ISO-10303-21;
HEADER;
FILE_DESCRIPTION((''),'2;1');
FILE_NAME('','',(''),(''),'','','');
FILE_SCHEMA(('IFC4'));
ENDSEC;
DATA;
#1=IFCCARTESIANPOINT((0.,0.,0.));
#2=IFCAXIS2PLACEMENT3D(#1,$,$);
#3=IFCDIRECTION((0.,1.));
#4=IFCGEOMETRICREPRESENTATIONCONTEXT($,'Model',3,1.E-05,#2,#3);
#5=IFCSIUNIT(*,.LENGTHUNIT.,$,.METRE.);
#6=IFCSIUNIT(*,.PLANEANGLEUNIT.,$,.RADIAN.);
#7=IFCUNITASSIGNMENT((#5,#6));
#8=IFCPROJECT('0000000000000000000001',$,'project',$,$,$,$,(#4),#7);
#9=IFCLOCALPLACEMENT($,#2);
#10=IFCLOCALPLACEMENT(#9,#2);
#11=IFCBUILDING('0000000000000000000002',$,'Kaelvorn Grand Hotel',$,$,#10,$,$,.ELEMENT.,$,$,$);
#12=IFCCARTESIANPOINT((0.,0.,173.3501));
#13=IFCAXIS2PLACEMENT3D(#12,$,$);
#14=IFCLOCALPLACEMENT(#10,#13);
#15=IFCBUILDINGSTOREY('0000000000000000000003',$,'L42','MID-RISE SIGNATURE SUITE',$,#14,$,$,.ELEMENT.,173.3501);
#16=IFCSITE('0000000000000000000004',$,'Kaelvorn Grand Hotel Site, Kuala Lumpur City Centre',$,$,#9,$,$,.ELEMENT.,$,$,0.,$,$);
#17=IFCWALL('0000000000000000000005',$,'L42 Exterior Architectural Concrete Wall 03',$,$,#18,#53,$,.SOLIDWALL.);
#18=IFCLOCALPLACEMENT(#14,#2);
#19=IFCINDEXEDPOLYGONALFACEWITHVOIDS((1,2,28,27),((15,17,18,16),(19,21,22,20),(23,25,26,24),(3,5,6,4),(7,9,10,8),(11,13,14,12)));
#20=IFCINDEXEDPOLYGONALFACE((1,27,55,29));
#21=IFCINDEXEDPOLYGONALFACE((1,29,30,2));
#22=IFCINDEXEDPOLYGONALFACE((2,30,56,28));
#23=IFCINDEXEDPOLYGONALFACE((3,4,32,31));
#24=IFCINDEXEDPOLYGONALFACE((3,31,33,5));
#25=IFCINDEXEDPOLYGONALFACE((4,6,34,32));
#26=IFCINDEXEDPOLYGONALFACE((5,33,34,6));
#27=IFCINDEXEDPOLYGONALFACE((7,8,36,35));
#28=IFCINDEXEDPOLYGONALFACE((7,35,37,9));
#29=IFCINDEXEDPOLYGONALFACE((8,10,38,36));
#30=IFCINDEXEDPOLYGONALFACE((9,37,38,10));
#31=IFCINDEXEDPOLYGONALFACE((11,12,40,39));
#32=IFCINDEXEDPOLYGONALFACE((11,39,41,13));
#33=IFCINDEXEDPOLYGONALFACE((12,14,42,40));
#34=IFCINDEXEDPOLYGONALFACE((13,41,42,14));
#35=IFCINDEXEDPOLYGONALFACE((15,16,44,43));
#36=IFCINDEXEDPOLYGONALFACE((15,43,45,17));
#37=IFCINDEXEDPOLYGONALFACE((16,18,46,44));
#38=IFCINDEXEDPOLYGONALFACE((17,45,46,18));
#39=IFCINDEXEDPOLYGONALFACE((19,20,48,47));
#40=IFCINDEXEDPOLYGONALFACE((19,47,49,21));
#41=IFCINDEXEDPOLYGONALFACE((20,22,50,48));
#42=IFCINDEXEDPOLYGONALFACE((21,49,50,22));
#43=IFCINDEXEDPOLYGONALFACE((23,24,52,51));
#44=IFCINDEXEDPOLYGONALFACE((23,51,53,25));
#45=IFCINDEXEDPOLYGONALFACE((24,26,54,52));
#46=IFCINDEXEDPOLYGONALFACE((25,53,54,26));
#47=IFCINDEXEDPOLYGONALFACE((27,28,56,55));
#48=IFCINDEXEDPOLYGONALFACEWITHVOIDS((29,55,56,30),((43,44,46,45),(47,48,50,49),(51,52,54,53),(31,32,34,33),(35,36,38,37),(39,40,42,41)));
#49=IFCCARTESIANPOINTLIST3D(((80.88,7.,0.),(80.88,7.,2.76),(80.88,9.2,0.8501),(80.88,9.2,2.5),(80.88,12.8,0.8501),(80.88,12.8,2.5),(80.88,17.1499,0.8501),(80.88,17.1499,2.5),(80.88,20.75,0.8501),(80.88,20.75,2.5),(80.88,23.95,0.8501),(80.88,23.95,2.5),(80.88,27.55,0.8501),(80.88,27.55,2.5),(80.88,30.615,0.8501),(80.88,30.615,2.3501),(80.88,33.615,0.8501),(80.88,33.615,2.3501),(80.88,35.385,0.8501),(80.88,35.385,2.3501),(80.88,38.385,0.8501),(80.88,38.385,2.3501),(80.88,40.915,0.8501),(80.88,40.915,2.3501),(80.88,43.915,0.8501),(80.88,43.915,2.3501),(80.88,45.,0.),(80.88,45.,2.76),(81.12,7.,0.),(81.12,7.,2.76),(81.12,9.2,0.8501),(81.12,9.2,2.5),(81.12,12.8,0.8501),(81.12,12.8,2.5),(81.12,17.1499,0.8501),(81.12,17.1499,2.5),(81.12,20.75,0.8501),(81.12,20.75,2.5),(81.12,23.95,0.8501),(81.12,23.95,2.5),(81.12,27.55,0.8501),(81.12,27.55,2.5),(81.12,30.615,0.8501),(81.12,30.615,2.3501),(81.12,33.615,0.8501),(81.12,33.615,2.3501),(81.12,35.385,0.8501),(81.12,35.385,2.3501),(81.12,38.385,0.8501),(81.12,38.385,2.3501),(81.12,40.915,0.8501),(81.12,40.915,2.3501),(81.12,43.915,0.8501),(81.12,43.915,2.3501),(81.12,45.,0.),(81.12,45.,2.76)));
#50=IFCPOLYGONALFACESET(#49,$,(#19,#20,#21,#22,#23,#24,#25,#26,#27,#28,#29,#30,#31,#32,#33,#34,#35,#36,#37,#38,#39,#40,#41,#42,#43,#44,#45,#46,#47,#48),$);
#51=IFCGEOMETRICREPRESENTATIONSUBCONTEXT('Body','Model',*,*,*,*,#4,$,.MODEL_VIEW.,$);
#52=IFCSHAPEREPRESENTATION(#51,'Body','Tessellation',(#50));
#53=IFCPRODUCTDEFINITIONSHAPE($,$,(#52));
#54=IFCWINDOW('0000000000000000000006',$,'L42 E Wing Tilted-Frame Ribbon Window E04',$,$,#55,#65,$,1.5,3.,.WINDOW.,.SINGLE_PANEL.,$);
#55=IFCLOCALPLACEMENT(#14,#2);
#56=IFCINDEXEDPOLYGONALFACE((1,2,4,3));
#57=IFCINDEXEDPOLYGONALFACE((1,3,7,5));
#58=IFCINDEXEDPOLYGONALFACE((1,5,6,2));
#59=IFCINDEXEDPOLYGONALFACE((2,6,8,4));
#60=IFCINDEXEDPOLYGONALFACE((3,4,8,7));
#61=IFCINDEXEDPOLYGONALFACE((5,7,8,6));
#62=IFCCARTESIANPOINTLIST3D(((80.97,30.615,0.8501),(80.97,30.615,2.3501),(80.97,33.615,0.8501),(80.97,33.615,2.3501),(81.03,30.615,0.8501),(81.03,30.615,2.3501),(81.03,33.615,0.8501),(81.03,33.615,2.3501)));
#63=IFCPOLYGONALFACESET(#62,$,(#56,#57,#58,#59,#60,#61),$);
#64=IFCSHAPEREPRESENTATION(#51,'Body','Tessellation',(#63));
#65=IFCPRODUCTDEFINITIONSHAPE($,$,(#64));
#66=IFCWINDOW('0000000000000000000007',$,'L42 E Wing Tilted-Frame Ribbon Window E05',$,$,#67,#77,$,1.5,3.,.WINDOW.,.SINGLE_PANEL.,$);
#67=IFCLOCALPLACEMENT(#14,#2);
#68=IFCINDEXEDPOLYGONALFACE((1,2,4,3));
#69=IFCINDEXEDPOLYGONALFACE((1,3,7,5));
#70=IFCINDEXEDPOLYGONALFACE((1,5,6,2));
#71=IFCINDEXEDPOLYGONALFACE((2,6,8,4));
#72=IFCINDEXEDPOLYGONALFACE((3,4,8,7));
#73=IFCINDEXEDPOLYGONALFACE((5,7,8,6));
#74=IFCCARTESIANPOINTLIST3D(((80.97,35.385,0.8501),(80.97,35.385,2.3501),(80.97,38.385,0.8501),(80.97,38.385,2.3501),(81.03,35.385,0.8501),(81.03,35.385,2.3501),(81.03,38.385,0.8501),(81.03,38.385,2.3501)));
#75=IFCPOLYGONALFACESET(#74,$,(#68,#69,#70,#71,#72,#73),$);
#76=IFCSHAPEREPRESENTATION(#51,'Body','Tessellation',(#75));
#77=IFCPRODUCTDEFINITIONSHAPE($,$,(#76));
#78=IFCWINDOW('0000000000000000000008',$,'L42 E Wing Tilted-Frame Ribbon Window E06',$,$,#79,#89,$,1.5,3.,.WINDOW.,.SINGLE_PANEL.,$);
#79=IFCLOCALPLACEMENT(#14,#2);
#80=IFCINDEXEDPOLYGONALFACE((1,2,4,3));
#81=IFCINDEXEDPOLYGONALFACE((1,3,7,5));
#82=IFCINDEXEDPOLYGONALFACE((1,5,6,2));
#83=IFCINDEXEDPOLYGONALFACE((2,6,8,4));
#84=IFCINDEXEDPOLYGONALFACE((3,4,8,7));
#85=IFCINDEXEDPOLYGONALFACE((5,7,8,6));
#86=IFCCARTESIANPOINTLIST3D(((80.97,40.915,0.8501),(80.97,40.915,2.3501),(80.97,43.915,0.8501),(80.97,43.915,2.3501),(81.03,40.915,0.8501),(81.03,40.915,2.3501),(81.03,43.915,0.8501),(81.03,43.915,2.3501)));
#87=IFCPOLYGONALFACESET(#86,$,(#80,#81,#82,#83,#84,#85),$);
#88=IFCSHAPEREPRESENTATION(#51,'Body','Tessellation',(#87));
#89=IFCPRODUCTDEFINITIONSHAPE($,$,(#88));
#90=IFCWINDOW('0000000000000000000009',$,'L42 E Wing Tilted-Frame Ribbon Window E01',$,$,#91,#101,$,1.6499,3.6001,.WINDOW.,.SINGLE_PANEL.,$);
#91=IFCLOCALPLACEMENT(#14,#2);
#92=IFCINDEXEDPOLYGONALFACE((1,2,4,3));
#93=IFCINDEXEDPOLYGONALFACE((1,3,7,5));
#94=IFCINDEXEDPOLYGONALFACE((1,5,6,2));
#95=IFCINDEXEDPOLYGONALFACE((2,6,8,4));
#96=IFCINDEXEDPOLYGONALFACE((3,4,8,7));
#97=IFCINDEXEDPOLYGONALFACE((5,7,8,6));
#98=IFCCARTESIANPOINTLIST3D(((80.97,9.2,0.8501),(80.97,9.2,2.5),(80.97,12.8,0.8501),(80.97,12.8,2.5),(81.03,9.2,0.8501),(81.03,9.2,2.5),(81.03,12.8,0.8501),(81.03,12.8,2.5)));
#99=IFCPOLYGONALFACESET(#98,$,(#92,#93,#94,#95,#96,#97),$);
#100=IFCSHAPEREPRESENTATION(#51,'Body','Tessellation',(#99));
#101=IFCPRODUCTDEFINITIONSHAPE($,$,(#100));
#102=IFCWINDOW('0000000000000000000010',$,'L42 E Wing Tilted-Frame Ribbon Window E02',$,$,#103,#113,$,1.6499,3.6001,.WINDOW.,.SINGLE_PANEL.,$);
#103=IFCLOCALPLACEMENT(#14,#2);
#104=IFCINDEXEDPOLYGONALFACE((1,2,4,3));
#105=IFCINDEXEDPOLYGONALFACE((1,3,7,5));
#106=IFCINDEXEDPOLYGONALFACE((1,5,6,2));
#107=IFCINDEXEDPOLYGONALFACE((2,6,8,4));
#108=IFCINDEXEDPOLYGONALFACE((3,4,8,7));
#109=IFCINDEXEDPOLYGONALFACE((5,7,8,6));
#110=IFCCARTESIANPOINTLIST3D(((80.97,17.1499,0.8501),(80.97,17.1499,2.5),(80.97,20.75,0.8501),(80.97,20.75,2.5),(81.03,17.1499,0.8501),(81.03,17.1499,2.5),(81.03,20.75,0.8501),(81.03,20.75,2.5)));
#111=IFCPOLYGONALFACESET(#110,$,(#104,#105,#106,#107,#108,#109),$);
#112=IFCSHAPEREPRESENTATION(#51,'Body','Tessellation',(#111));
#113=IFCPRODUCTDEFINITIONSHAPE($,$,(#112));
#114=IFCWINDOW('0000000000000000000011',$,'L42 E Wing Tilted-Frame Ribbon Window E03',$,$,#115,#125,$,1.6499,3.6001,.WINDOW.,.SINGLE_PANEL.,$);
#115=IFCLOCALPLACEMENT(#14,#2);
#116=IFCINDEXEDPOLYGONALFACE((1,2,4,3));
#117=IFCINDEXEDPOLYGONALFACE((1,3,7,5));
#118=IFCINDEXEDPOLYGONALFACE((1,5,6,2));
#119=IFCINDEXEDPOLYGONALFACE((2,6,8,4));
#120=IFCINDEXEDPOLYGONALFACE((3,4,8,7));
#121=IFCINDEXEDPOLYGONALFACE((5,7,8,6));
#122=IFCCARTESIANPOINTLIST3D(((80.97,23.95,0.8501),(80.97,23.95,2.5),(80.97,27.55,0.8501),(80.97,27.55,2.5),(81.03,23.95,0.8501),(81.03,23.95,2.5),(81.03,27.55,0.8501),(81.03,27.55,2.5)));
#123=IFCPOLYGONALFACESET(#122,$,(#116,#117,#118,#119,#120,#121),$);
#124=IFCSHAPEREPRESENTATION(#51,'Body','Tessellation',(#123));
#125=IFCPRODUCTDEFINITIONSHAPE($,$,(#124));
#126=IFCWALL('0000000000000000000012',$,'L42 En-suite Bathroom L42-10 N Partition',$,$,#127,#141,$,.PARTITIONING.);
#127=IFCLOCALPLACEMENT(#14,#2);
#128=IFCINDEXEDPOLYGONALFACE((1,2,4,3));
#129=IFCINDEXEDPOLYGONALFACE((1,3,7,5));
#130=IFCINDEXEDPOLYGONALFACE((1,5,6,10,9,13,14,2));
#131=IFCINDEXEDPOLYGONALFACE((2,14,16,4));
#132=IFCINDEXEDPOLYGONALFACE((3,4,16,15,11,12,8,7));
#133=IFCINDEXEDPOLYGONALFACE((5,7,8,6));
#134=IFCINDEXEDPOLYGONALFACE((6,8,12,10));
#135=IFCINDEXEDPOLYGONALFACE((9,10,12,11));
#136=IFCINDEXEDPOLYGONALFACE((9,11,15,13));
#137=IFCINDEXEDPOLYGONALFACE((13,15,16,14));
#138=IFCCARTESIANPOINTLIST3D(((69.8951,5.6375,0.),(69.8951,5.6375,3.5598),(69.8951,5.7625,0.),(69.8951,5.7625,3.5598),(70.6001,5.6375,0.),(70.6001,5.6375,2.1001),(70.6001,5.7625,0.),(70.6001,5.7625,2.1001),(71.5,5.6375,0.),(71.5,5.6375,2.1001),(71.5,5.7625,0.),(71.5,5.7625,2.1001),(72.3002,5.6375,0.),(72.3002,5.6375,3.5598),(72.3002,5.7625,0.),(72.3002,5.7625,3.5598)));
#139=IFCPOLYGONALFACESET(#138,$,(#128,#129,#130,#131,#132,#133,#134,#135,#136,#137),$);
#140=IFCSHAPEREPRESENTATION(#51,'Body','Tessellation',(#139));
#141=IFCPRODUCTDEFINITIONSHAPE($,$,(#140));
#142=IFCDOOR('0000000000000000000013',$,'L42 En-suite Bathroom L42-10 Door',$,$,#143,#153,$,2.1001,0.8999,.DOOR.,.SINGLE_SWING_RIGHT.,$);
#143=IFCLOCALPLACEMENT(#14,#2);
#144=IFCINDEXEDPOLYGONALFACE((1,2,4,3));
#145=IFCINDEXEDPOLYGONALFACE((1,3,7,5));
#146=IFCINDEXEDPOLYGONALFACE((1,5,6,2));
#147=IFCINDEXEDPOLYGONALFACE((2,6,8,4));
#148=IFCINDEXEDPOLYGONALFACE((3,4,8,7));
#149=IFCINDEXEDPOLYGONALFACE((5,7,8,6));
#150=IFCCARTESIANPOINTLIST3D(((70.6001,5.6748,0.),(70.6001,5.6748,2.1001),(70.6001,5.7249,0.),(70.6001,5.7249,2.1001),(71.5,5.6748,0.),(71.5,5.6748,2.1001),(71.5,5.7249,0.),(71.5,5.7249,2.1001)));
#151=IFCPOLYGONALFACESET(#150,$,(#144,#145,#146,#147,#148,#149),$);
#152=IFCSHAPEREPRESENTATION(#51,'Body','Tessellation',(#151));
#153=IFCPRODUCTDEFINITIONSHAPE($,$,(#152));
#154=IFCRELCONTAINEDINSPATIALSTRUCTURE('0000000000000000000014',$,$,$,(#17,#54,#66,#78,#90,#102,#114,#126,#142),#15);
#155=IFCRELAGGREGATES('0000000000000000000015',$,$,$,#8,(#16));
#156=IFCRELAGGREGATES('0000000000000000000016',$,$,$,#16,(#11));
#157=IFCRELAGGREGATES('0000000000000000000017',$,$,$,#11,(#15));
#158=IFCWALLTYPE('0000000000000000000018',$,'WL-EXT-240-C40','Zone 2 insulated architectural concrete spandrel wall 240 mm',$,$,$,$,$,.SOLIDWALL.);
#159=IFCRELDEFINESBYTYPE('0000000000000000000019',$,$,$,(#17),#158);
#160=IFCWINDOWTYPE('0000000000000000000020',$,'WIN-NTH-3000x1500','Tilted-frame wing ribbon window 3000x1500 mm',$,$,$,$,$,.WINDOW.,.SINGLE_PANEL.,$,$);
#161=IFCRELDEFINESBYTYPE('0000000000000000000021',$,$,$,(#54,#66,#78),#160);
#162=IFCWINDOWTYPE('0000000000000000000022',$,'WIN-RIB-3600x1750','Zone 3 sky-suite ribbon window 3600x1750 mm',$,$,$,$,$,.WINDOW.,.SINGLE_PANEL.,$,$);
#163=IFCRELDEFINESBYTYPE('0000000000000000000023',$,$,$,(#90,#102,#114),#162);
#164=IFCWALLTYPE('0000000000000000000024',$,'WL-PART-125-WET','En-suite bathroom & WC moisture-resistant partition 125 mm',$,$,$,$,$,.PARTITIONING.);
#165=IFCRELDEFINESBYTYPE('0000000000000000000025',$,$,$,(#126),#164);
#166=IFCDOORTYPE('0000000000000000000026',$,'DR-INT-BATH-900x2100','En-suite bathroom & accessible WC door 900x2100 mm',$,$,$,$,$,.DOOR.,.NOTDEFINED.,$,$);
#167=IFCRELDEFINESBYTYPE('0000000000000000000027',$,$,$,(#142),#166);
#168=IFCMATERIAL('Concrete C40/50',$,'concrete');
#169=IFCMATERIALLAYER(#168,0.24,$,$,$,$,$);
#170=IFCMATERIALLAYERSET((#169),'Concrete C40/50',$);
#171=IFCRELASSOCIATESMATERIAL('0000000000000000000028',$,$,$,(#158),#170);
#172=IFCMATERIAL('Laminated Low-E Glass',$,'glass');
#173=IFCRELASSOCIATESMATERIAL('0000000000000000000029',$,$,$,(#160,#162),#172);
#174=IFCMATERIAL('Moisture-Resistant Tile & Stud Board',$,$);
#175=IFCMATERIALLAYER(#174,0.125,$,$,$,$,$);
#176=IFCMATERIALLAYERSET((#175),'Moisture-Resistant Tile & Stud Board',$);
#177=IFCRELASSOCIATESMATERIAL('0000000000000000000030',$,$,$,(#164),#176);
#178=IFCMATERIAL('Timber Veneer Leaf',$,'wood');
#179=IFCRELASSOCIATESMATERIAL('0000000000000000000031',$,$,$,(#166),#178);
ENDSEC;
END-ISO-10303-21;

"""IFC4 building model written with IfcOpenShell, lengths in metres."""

from ifc_helpers import new_model, si_unit, direction, frame, frame_2d, origin, place, context, subcontext, project, spatial, rectangle, extrude, material, layer, layer_set, type_object, element, fill, save


model = new_model("IFC4")

# Units and contexts
model_context = context("Model", 3, precision=1e-05, world=origin(), true_north=direction((0.0, 1.0)))
body_context = subcontext(model_context, "Body", "Model", "MODEL_VIEW")
ifc_project = project(units=[si_unit("LENGTHUNIT", "METRE"), si_unit("PLANEANGLEUNIT", "RADIAN")], contexts=[model_context])

# Site, building, storey
site_placement = place(None, origin())
site = spatial("IfcSite", under=ifc_project, at=site_placement, Name="Kaelvorn Grand Hotel Site, Kuala Lumpur City Centre", CompositionType="ELEMENT", RefElevation=0.0)
building_placement = place(site_placement, origin())
building = spatial("IfcBuilding", under=site, at=building_placement, Name="Kaelvorn Grand Hotel", CompositionType="ELEMENT")
storey_placement = place(building_placement, frame((0.0, 0.0, 173.3501)))
storey = spatial("IfcBuildingStorey", under=building, at=storey_placement, Name="L42", Description="MID-RISE SIGNATURE SUITE", CompositionType="ELEMENT", Elevation=173.3501)

# Shared definitions
ifc_material_1 = material(Name="Concrete C40/50", Category="concrete")
ifc_layer_1 = layer(ifc_material_1, 0.24)
ifc_layer_set_1 = layer_set([ifc_layer_1], Name="Concrete C40/50")
wall_type_1 = type_object("IfcWallType", Name="WL-EXT-240-C40", Description="Zone 2 insulated architectural concrete spandrel wall 240 mm", PredefinedType="SOLIDWALL", material=ifc_layer_set_1)
ifc_material_2 = material(Name="Laminated Low-E Glass", Category="glass")

# Wall, openings, windows
wall_1_placement = place(storey_placement, frame((81.0, 7.0, 0.0), z_axis=(0.0, 0.0, 1.0), x_axis=(0.0, 1.0, 0.0)))
wall_1 = element("IfcWall", 1, at=wall_1_placement, inside=storey, type_object=wall_type_1, Name="L42 Exterior Architectural Concrete Wall 03", PredefinedType="SOLIDWALL", context=body_context, shape_type="SweptSolid", body=[
    extrude(rectangle(XDim=38.0, YDim=0.24, at=frame_2d((19.0, 0.0))), origin(), (0.0, 0.0, 1.0), 2.76),
])
opening_1_placement = place(wall_1_placement, frame((2.2, 0.0, 0.8501)))
opening_1 = element("IfcOpeningElement", 2, at=opening_1_placement, cuts=wall_1, PredefinedType="OPENING", context=body_context, shape_type="SweptSolid", body=[
    extrude(rectangle(XDim=3.6001, YDim=1.6499, at=frame_2d((1.8, 0.825))), frame((0.0, 0.1299, 0.0), z_axis=(0.0, -1.0, 0.0), x_axis=(1.0, 0.0, 0.0)), (0.0, 0.0, 1.0), 0.26),
])
opening_2_placement = place(wall_1_placement, frame((10.1499, 0.0, 0.8501)))
opening_2 = element("IfcOpeningElement", 3, at=opening_2_placement, cuts=wall_1, PredefinedType="OPENING", context=body_context, shape_type="SweptSolid", body=[
    extrude(rectangle(XDim=3.6001, YDim=1.6499, at=frame_2d((1.8, 0.825))), frame((0.0, 0.1299, 0.0), z_axis=(0.0, -1.0, 0.0), x_axis=(1.0, 0.0, 0.0)), (0.0, 0.0, 1.0), 0.26),
])
opening_3_placement = place(wall_1_placement, frame((16.95, 0.0, 0.8501)))
opening_3 = element("IfcOpeningElement", 4, at=opening_3_placement, cuts=wall_1, PredefinedType="OPENING", context=body_context, shape_type="SweptSolid", body=[
    extrude(rectangle(XDim=3.6001, YDim=1.6499, at=frame_2d((1.8, 0.825))), frame((0.0, 0.1299, 0.0), z_axis=(0.0, -1.0, 0.0), x_axis=(1.0, 0.0, 0.0)), (0.0, 0.0, 1.0), 0.26),
])
opening_4_placement = place(wall_1_placement, frame((23.615, 0.0, 0.8501)))
opening_4 = element("IfcOpeningElement", 5, at=opening_4_placement, cuts=wall_1, PredefinedType="OPENING", context=body_context, shape_type="SweptSolid", body=[
    extrude(rectangle(XDim=3.0, YDim=1.5, at=frame_2d((1.5, 0.75))), frame((0.0, 0.1299, 0.0), z_axis=(0.0, -1.0, 0.0), x_axis=(1.0, 0.0, 0.0)), (0.0, 0.0, 1.0), 0.26),
])
opening_5_placement = place(wall_1_placement, frame((28.385, 0.0, 0.8501)))
opening_5 = element("IfcOpeningElement", 6, at=opening_5_placement, cuts=wall_1, PredefinedType="OPENING", context=body_context, shape_type="SweptSolid", body=[
    extrude(rectangle(XDim=3.0, YDim=1.5, at=frame_2d((1.5, 0.75))), frame((0.0, 0.1299, 0.0), z_axis=(0.0, -1.0, 0.0), x_axis=(1.0, 0.0, 0.0)), (0.0, 0.0, 1.0), 0.26),
])
opening_6_placement = place(wall_1_placement, frame((33.915, 0.0, 0.8501)))
opening_6 = element("IfcOpeningElement", 7, at=opening_6_placement, cuts=wall_1, PredefinedType="OPENING", context=body_context, shape_type="SweptSolid", body=[
    extrude(rectangle(XDim=3.0, YDim=1.5, at=frame_2d((1.5, 0.75))), frame((0.0, 0.1299, 0.0), z_axis=(0.0, -1.0, 0.0), x_axis=(1.0, 0.0, 0.0)), (0.0, 0.0, 1.0), 0.26),
])
window_type_1 = type_object("IfcWindowType", Name="WIN-NTH-3000x1500", Description="Tilted-frame wing ribbon window 3000x1500 mm", PartitioningType="SINGLE_PANEL", PredefinedType="WINDOW", material=ifc_material_2)
window_1_placement = place(opening_4_placement, origin())
window_1 = element("IfcWindow", 8, at=window_1_placement, inside=storey, type_object=window_type_1, Name="L42 E Wing Tilted-Frame Ribbon Window E04", OverallHeight=1.5, OverallWidth=3.0, PartitioningType="SINGLE_PANEL", PredefinedType="WINDOW", context=body_context, shape_type="SweptSolid", body=[
    extrude(rectangle(XDim=3.0, YDim=1.5, at=frame_2d((1.5, 0.75))), frame((0.0, 0.03, 0.0), z_axis=(0.0, -1.0, 0.0), x_axis=(1.0, 0.0, 0.0)), (0.0, 0.0, 1.0), 0.0601),
])
fill(opening_4, window_1)
window_2_placement = place(opening_5_placement, origin())
window_2 = element("IfcWindow", 9, at=window_2_placement, inside=storey, type_object=window_type_1, Name="L42 E Wing Tilted-Frame Ribbon Window E05", OverallHeight=1.5, OverallWidth=3.0, PartitioningType="SINGLE_PANEL", PredefinedType="WINDOW", context=body_context, shape_type="SweptSolid", body=[
    extrude(rectangle(XDim=3.0, YDim=1.5, at=frame_2d((1.5, 0.75))), frame((0.0, 0.03, 0.0), z_axis=(0.0, -1.0, 0.0), x_axis=(1.0, 0.0, 0.0)), (0.0, 0.0, 1.0), 0.0601),
])
fill(opening_5, window_2)
window_3_placement = place(opening_6_placement, origin())
window_3 = element("IfcWindow", 10, at=window_3_placement, inside=storey, type_object=window_type_1, Name="L42 E Wing Tilted-Frame Ribbon Window E06", OverallHeight=1.5, OverallWidth=3.0, PartitioningType="SINGLE_PANEL", PredefinedType="WINDOW", context=body_context, shape_type="SweptSolid", body=[
    extrude(rectangle(XDim=3.0, YDim=1.5, at=frame_2d((1.5, 0.75))), frame((0.0, 0.03, 0.0), z_axis=(0.0, -1.0, 0.0), x_axis=(1.0, 0.0, 0.0)), (0.0, 0.0, 1.0), 0.0601),
])
fill(opening_6, window_3)
window_type_2 = type_object("IfcWindowType", Name="WIN-RIB-3600x1750", Description="Zone 3 sky-suite ribbon window 3600x1750 mm", PartitioningType="SINGLE_PANEL", PredefinedType="WINDOW", material=ifc_material_2)
window_4_placement = place(opening_1_placement, origin())
window_4 = element("IfcWindow", 11, at=window_4_placement, inside=storey, type_object=window_type_2, Name="L42 E Wing Tilted-Frame Ribbon Window E01", OverallHeight=1.6499, OverallWidth=3.6001, PartitioningType="SINGLE_PANEL", PredefinedType="WINDOW", context=body_context, shape_type="SweptSolid", body=[
    extrude(rectangle(XDim=3.6001, YDim=1.6499, at=frame_2d((1.8, 0.825))), frame((0.0, 0.03, 0.0), z_axis=(0.0, -1.0, 0.0), x_axis=(1.0, 0.0, 0.0)), (0.0, 0.0, 1.0), 0.0601),
])
fill(opening_1, window_4)
window_5_placement = place(opening_2_placement, origin())
window_5 = element("IfcWindow", 12, at=window_5_placement, inside=storey, type_object=window_type_2, Name="L42 E Wing Tilted-Frame Ribbon Window E02", OverallHeight=1.6499, OverallWidth=3.6001, PartitioningType="SINGLE_PANEL", PredefinedType="WINDOW", context=body_context, shape_type="SweptSolid", body=[
    extrude(rectangle(XDim=3.6001, YDim=1.6499, at=frame_2d((1.8, 0.825))), frame((0.0, 0.03, 0.0), z_axis=(0.0, -1.0, 0.0), x_axis=(1.0, 0.0, 0.0)), (0.0, 0.0, 1.0), 0.0601),
])
fill(opening_2, window_5)
window_6_placement = place(opening_3_placement, origin())
window_6 = element("IfcWindow", 13, at=window_6_placement, inside=storey, type_object=window_type_2, Name="L42 E Wing Tilted-Frame Ribbon Window E03", OverallHeight=1.6499, OverallWidth=3.6001, PartitioningType="SINGLE_PANEL", PredefinedType="WINDOW", context=body_context, shape_type="SweptSolid", body=[
    extrude(rectangle(XDim=3.6001, YDim=1.6499, at=frame_2d((1.8, 0.825))), frame((0.0, 0.03, 0.0), z_axis=(0.0, -1.0, 0.0), x_axis=(1.0, 0.0, 0.0)), (0.0, 0.0, 1.0), 0.0601),
])
fill(opening_3, window_6)

# Wall, opening, door
ifc_material_3 = material(Name="Moisture-Resistant Tile & Stud Board")
ifc_layer_2 = layer(ifc_material_3, 0.125)
ifc_layer_set_2 = layer_set([ifc_layer_2], Name="Moisture-Resistant Tile & Stud Board")
wall_type_2 = type_object("IfcWallType", Name="WL-PART-125-WET", Description="En-suite bathroom & WC moisture-resistant partition 125 mm", PredefinedType="PARTITIONING", material=ifc_layer_set_2)
wall_2_placement = place(storey_placement, frame((69.895, 5.7, 0.0), z_axis=(0.0, 0.0, 1.0), x_axis=(1.0, 0.0, 0.0)))
wall_2 = element("IfcWall", 14, at=wall_2_placement, inside=storey, type_object=wall_type_2, Name="L42 En-suite Bathroom L42-10 N Partition", PredefinedType="PARTITIONING", context=body_context, shape_type="SweptSolid", body=[
    extrude(rectangle(XDim=2.405, YDim=0.125, at=frame_2d((1.2026, 0.0))), origin(), (0.0, 0.0, 1.0), 3.5598),
])
opening_7_placement = place(wall_2_placement, frame((0.7051, 0.0, 0.0)))
opening_7 = element("IfcOpeningElement", 15, at=opening_7_placement, cuts=wall_2, PredefinedType="OPENING", context=body_context, shape_type="SweptSolid", body=[
    extrude(rectangle(XDim=0.8999, YDim=2.1001, at=frame_2d((0.45, 1.05))), frame((0.0, 0.0725, 0.0), z_axis=(0.0, -1.0, 0.0), x_axis=(1.0, 0.0, 0.0)), (0.0, 0.0, 1.0), 0.145),
])
ifc_material_4 = material(Name="Timber Veneer Leaf", Category="wood")
door_type = type_object("IfcDoorType", Name="DR-INT-BATH-900x2100", Description="En-suite bathroom & accessible WC door 900x2100 mm", OperationType="NOTDEFINED", PredefinedType="DOOR", material=ifc_material_4)
door_placement = place(opening_7_placement, origin())
door = element("IfcDoor", 16, at=door_placement, inside=storey, type_object=door_type, Name="L42 En-suite Bathroom L42-10 Door", OperationType="SINGLE_SWING_RIGHT", OverallHeight=2.1001, OverallWidth=0.8999, PredefinedType="DOOR", context=body_context, shape_type="SweptSolid", body=[
    extrude(rectangle(XDim=0.8999, YDim=2.1001, at=frame_2d((0.45, 1.05))), frame((0.0, 0.0249, 0.0), z_axis=(0.0, -1.0, 0.0), x_axis=(1.0, 0.0, 0.0)), (0.0, 0.0, 1.0), 0.05),
])
fill(opening_7, door)

save(model, "model.ifc")
